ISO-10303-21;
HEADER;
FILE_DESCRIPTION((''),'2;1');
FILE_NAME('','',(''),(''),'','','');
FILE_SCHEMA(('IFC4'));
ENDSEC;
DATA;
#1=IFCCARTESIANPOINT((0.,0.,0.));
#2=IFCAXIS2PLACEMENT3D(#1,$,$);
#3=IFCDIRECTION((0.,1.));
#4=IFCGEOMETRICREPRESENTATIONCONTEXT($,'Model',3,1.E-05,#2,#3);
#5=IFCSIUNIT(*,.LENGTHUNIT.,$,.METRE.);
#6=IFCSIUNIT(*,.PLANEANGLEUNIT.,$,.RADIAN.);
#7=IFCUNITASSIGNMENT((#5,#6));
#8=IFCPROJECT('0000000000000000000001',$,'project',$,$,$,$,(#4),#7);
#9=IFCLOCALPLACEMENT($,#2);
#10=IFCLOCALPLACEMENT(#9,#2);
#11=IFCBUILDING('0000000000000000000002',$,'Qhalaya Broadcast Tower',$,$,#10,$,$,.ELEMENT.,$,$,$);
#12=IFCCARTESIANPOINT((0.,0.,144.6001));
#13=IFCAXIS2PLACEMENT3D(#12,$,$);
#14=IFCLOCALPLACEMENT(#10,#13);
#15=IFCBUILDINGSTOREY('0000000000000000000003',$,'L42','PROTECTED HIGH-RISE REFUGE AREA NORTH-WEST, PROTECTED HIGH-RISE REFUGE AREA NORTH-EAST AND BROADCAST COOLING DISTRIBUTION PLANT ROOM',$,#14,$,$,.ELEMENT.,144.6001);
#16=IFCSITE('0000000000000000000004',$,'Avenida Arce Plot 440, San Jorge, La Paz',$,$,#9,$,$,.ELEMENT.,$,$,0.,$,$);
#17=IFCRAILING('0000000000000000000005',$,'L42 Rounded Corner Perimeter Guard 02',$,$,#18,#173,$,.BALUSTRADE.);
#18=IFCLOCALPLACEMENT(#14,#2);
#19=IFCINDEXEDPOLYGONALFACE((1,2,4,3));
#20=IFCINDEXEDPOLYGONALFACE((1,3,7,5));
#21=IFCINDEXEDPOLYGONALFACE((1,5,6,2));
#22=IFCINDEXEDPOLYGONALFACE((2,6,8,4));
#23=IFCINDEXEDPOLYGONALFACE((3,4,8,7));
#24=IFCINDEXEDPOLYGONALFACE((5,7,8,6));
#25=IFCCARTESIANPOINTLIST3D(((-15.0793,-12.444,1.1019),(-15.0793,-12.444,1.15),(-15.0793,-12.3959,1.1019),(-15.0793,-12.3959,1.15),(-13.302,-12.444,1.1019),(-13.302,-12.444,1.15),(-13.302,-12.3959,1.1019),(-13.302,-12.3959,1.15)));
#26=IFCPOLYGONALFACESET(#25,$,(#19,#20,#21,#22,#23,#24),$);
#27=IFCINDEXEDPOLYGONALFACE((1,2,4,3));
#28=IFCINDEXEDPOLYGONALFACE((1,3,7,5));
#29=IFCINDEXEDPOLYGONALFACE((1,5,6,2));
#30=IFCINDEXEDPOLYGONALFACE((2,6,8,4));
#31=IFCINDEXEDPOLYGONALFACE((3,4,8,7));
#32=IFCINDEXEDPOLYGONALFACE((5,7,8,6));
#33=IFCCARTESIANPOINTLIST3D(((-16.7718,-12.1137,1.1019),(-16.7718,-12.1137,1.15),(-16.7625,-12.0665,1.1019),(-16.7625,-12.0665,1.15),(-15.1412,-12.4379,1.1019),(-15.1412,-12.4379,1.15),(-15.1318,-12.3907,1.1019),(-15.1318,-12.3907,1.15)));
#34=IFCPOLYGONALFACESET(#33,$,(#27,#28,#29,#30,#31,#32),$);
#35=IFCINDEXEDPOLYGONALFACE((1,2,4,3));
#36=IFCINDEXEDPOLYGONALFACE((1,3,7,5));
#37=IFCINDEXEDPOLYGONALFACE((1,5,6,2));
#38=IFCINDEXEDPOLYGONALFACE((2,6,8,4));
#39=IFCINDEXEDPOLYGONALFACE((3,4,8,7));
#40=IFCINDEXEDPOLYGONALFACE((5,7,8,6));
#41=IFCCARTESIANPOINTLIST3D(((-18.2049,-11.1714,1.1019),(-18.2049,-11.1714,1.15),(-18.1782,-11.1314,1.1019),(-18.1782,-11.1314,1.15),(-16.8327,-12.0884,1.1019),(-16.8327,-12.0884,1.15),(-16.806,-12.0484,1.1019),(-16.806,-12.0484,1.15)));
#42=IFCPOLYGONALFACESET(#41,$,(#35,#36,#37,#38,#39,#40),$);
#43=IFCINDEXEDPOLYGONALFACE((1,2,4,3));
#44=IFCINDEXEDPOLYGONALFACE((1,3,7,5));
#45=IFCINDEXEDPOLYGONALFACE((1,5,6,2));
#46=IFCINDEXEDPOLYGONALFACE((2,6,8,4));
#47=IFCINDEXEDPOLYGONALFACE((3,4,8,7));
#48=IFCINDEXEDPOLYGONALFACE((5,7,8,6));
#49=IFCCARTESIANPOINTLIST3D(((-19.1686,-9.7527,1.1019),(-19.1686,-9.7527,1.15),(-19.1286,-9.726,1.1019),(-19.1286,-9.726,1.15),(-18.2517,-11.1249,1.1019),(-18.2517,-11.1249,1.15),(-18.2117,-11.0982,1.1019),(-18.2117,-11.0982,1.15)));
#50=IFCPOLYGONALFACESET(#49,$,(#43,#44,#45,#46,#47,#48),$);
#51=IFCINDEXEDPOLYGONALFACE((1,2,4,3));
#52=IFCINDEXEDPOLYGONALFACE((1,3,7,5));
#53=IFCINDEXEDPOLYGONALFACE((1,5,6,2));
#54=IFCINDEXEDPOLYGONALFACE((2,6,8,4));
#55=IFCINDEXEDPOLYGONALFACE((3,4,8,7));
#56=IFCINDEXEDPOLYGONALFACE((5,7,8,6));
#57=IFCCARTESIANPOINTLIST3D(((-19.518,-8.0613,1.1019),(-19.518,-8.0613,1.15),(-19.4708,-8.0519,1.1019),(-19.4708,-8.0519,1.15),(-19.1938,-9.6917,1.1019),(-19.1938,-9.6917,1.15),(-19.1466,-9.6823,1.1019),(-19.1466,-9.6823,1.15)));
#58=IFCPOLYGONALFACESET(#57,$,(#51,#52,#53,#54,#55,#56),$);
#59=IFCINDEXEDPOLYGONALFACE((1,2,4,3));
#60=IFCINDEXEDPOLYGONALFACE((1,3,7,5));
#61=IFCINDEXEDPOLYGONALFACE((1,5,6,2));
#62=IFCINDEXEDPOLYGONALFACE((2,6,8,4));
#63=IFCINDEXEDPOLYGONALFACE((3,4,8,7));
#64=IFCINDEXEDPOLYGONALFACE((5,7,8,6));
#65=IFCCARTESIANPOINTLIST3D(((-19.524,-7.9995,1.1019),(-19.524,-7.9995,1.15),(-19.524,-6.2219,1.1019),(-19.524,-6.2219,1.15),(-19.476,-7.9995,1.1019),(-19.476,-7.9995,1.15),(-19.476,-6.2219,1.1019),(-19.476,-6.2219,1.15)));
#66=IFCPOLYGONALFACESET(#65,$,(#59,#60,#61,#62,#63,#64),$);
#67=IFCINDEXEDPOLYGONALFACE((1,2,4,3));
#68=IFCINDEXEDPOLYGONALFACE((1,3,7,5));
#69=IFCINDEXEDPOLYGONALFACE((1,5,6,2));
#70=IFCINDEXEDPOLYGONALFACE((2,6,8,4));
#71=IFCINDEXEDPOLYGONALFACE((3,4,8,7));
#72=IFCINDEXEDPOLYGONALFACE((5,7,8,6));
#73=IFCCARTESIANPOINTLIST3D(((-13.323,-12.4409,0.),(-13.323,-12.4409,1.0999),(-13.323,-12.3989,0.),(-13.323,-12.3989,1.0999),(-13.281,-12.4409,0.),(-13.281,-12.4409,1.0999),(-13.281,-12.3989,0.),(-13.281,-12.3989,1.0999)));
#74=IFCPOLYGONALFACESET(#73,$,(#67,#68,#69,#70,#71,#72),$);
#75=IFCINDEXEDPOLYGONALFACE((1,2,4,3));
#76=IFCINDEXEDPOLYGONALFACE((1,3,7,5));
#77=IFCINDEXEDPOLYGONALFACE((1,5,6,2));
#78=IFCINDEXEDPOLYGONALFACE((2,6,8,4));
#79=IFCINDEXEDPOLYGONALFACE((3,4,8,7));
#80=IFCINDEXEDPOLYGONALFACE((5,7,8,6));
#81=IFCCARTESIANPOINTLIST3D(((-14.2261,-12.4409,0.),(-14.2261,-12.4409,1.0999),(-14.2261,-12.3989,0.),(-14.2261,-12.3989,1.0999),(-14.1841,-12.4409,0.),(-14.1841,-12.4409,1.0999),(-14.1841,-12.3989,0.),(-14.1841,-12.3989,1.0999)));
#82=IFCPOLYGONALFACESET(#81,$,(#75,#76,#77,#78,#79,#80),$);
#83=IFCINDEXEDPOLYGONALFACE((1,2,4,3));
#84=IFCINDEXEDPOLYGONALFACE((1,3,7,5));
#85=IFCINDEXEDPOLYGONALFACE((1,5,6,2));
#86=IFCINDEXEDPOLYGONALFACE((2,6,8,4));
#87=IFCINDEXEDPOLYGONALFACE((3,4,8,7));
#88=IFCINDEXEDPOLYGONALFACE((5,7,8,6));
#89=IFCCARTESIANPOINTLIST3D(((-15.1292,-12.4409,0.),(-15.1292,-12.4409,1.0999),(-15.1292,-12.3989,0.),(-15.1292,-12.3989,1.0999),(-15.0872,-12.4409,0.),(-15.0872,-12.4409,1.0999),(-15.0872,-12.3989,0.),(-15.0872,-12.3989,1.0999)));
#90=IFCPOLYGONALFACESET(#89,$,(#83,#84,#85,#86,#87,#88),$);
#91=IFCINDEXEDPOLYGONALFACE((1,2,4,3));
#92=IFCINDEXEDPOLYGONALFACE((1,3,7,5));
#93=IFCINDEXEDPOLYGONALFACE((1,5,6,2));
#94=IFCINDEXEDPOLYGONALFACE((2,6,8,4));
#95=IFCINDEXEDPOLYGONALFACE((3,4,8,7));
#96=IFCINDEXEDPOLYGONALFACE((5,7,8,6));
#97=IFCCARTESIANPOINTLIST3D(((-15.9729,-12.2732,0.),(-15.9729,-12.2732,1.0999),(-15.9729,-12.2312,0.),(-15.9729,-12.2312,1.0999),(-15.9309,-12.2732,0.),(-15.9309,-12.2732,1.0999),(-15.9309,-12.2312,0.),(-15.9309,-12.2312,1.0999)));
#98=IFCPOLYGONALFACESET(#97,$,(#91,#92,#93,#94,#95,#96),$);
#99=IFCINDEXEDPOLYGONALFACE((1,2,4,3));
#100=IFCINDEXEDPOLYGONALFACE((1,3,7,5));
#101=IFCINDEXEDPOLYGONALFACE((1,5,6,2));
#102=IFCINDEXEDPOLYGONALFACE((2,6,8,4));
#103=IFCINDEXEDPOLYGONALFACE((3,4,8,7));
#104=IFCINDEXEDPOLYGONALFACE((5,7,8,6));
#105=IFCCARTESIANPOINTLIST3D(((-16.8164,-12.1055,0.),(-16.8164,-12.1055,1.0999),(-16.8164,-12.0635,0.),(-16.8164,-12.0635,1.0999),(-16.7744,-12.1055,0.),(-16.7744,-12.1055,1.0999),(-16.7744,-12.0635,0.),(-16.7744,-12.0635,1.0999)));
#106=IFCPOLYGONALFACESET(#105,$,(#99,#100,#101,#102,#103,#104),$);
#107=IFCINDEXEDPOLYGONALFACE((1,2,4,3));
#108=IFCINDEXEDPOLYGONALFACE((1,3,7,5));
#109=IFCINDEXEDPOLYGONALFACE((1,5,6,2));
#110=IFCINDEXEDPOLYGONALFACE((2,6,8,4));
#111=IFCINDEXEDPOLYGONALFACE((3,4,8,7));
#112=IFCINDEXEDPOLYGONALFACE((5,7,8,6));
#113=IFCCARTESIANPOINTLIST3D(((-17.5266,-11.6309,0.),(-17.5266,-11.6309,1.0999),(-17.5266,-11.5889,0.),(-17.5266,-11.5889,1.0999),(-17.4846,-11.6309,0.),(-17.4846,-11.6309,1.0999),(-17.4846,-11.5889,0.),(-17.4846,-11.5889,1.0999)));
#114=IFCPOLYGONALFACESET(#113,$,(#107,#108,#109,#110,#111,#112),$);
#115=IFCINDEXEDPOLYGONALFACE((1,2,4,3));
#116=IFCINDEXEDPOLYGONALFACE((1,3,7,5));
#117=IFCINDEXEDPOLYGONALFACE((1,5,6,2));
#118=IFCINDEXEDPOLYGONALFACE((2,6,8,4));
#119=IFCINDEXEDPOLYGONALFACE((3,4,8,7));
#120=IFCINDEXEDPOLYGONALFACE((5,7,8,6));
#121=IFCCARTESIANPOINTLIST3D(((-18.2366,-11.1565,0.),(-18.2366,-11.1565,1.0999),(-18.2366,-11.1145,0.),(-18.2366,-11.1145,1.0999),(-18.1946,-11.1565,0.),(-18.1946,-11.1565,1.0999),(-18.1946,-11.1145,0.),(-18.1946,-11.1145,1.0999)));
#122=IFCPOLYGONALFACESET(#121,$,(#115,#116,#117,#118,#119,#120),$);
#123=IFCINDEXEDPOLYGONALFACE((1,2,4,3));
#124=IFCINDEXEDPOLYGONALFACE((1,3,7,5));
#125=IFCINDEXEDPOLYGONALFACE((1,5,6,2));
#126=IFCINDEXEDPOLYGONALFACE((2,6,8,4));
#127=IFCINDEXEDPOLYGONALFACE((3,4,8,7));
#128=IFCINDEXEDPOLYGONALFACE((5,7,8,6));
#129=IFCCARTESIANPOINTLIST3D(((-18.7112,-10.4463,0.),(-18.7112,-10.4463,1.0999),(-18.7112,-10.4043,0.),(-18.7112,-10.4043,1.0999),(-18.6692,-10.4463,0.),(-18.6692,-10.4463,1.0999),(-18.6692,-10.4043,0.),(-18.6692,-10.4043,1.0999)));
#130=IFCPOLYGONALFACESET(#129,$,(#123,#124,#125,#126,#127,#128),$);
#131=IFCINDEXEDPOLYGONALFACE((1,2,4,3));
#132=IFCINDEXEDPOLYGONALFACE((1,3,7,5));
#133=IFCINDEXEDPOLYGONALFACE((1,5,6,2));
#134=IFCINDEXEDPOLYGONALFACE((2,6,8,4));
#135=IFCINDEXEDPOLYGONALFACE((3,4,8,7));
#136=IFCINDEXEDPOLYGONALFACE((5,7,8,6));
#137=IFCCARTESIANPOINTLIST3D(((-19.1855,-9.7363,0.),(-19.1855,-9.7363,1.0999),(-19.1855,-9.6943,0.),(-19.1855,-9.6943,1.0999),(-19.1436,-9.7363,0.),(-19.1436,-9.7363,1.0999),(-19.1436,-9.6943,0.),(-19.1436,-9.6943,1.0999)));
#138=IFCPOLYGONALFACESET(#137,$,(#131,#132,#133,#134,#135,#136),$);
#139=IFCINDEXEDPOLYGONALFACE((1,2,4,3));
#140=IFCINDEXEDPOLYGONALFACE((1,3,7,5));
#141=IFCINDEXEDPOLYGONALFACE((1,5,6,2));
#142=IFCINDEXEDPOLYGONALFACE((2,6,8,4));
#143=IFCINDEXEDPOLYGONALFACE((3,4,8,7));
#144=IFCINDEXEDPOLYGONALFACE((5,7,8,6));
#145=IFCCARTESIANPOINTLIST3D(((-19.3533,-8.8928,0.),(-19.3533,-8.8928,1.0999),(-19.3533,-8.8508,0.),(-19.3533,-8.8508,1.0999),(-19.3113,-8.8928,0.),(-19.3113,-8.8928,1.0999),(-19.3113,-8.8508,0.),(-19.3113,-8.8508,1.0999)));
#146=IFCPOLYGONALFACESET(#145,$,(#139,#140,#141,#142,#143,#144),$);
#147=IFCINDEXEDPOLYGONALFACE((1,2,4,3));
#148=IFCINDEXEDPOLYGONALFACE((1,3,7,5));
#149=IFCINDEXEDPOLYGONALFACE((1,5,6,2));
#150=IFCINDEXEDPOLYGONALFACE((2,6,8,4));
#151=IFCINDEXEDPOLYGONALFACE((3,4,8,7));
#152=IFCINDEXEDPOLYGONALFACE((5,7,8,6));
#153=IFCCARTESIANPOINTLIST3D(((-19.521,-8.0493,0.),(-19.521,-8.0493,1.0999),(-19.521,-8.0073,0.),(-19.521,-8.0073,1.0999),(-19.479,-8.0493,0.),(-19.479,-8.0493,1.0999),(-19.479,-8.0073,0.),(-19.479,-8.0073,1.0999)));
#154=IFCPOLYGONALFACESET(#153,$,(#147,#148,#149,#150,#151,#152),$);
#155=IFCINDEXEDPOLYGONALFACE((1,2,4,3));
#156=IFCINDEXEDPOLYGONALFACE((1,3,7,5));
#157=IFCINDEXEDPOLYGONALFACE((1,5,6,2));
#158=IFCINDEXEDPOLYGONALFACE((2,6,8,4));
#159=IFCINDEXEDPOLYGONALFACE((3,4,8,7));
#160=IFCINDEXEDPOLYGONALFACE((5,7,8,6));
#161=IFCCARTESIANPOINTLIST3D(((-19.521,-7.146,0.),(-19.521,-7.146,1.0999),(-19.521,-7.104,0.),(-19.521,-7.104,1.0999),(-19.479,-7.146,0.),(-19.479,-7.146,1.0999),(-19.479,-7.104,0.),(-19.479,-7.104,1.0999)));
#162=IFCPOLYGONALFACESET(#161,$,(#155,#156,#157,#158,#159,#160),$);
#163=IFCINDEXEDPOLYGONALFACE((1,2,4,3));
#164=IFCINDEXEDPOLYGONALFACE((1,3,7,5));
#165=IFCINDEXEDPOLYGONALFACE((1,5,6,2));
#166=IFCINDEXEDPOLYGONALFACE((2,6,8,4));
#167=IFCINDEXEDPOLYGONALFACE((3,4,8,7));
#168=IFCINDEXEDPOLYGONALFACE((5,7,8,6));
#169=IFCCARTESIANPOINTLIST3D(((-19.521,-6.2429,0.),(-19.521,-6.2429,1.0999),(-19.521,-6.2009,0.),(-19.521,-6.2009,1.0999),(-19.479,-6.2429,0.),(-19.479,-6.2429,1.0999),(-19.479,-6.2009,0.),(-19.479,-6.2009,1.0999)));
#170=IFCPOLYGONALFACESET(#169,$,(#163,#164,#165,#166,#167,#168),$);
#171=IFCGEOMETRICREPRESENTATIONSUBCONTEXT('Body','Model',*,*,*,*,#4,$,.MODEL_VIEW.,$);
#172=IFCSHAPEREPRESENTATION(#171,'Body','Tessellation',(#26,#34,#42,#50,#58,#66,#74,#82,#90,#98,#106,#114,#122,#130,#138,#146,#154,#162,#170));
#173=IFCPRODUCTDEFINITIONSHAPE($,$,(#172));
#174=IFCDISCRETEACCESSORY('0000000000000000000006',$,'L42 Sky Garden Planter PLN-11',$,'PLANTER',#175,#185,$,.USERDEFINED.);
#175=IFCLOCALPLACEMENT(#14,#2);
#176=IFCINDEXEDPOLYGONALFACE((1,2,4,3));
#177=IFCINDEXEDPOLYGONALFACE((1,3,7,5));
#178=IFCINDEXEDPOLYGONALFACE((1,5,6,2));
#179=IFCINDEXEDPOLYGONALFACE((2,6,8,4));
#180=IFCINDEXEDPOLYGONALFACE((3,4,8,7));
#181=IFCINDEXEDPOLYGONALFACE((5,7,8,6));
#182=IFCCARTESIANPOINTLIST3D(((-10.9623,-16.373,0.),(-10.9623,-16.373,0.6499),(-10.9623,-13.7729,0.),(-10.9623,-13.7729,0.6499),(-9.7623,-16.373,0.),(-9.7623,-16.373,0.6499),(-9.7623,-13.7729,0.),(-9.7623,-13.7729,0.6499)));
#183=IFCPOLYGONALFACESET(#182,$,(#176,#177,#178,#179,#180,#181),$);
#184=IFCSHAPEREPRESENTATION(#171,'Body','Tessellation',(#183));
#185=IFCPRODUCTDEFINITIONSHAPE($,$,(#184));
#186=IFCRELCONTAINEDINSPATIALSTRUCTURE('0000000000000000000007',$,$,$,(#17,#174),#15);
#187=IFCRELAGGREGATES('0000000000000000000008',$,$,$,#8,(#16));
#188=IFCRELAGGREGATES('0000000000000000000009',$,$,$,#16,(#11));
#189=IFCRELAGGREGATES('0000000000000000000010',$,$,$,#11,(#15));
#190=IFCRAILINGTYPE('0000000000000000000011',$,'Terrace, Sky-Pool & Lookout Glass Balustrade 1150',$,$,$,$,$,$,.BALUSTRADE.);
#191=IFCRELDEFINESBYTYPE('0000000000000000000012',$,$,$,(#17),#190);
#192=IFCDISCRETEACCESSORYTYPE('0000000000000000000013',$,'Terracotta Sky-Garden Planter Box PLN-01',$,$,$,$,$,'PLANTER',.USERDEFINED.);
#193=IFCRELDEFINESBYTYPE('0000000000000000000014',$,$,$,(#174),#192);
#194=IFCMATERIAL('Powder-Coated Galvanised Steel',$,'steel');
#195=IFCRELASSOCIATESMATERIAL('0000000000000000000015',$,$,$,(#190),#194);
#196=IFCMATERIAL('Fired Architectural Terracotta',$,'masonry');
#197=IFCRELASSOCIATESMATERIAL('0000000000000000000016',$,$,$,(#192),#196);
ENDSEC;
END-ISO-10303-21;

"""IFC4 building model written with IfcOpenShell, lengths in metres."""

from ifc_helpers import new_model, si_unit, direction, frame, origin, origin_2d, place, context, subcontext, project, spatial, rectangle, extrude, material, type_object, element, save


model = new_model("IFC4")

# Units and contexts
model_context = context("Model", 3, precision=1e-05, world=origin(), true_north=direction((0.0, 1.0)))
body_context = subcontext(model_context, "Body", "Model", "MODEL_VIEW")
ifc_project = project(units=[si_unit("LENGTHUNIT", "METRE"), si_unit("PLANEANGLEUNIT", "RADIAN")], contexts=[model_context])

# Site, building, storey
site_placement = place(None, origin())
site = spatial("IfcSite", under=ifc_project, at=site_placement, Name="Avenida Arce Plot 440, San Jorge, La Paz", CompositionType="ELEMENT", RefElevation=0.0)
building_placement = place(site_placement, origin())
building = spatial("IfcBuilding", under=site, at=building_placement, Name="Qhalaya Broadcast Tower", CompositionType="ELEMENT")
storey_placement = place(building_placement, frame((0.0, 0.0, 144.6001)))
storey = spatial("IfcBuildingStorey", under=building, at=storey_placement, Name="L42", Description="PROTECTED HIGH-RISE REFUGE AREA NORTH-WEST, PROTECTED HIGH-RISE REFUGE AREA NORTH-EAST AND BROADCAST COOLING DISTRIBUTION PLANT ROOM", CompositionType="ELEMENT", Elevation=144.6001)

# Railing
ifc_material_1 = material(Name="Powder-Coated Galvanised Steel", Category="steel")
railing_type = type_object("IfcRailingType", Name="Terrace, Sky-Pool & Lookout Glass Balustrade 1150", PredefinedType="BALUSTRADE", material=ifc_material_1)
railing_1_placement = place(storey_placement, frame((-13.302, -12.4199, 0.0)))
element("IfcRailing", 1, at=railing_1_placement, inside=storey, type_object=railing_type, Name="L42 Rounded Corner Perimeter Guard 02", PredefinedType="BALUSTRADE", context=body_context, shape_type="SweptSolid", body=[
    extrude(rectangle(XDim=0.0481, YDim=0.0481, at=origin_2d()), frame((0.0, 0.0, 1.126), z_axis=(-1.0, 0.0, 0.0), x_axis=(0.0, -1.0, 0.0)), (0.0, 0.0, 1.0), 1.7773),
    extrude(rectangle(XDim=0.0481, YDim=0.0481, at=origin_2d()), frame((-1.8345, 0.0056, 1.126), z_axis=(-0.980804, 0.194997, 0.0), x_axis=(-0.194997, -0.980804, 0.0)), (0.0, 0.0, 1.0), 1.6626),
    extrude(rectangle(XDim=0.0481, YDim=0.0481, at=origin_2d()), frame((-3.5173, 0.3516, 1.126), z_axis=(-0.831456, 0.55559, 0.0), x_axis=(-0.55559, -0.831456, 0.0)), (0.0, 0.0, 1.0), 1.6504),
    extrude(rectangle(XDim=0.0481, YDim=0.0481, at=origin_2d()), frame((-4.9297, 1.3083, 1.126), z_axis=(-0.55559, 0.831456, 0.0), x_axis=(-0.831456, -0.55559, 0.0)), (0.0, 0.0, 1.0), 1.6504),
    extrude(rectangle(XDim=0.0481, YDim=0.0481, at=origin_2d()), frame((-5.8682, 2.7329, 1.126), z_axis=(-0.195024, 0.980798, 0.0), x_axis=(-0.980798, -0.195024, 0.0)), (0.0, 0.0, 1.0), 1.6624),
    extrude(rectangle(XDim=0.0481, YDim=0.0481, at=origin_2d()), frame((-6.198, 4.4204, 1.126), z_axis=(0.0, 1.0, 0.0), x_axis=(-1.0, 0.0, 0.0)), (0.0, 0.0, 1.0), 1.7776),
    extrude(rectangle(XDim=0.042, YDim=0.042, at=origin_2d()), origin(), (0.0, 0.0, 1.0), 1.0999),
    extrude(rectangle(XDim=0.042, YDim=0.042, at=origin_2d()), frame((-0.9031, 0.0, 0.0)), (0.0, 0.0, 1.0), 1.0999),
    extrude(rectangle(XDim=0.042, YDim=0.042, at=origin_2d()), frame((-1.8062, 0.0, 0.0)), (0.0, 0.0, 1.0), 1.0999),
    extrude(rectangle(XDim=0.042, YDim=0.042, at=origin_2d()), frame((-2.6499, 0.1677, 0.0)), (0.0, 0.0, 1.0), 1.0999),
    extrude(rectangle(XDim=0.042, YDim=0.042, at=origin_2d()), frame((-3.4934, 0.3354, 0.0)), (0.0, 0.0, 1.0), 1.0999),
    extrude(rectangle(XDim=0.042, YDim=0.042, at=origin_2d()), frame((-4.2036, 0.8101, 0.0)), (0.0, 0.0, 1.0), 1.0999),
    extrude(rectangle(XDim=0.042, YDim=0.042, at=origin_2d()), frame((-4.9136, 1.2844, 0.0)), (0.0, 0.0, 1.0), 1.0999),
    extrude(rectangle(XDim=0.042, YDim=0.042, at=origin_2d()), frame((-5.3882, 1.9946, 0.0)), (0.0, 0.0, 1.0), 1.0999),
    extrude(rectangle(XDim=0.042, YDim=0.042, at=origin_2d()), frame((-5.8625, 2.7046, 0.0)), (0.0, 0.0, 1.0), 1.0999),
    extrude(rectangle(XDim=0.042, YDim=0.042, at=origin_2d()), frame((-6.0303, 3.5481, 0.0)), (0.0, 0.0, 1.0), 1.0999),
    extrude(rectangle(XDim=0.042, YDim=0.042, at=origin_2d()), frame((-6.198, 4.3916, 0.0)), (0.0, 0.0, 1.0), 1.0999),
    extrude(rectangle(XDim=0.042, YDim=0.042, at=origin_2d()), frame((-6.198, 5.2949, 0.0)), (0.0, 0.0, 1.0), 1.0999),
    extrude(rectangle(XDim=0.042, YDim=0.042, at=origin_2d()), frame((-6.198, 6.198, 0.0)), (0.0, 0.0, 1.0), 1.0999),
])

# Discrete accessory
ifc_material_2 = material(Name="Fired Architectural Terracotta", Category="masonry")
discrete_accessory_type = type_object("IfcDiscreteAccessoryType", Name="Terracotta Sky-Garden Planter Box PLN-01", ElementType="PLANTER", PredefinedType="USERDEFINED", material=ifc_material_2)
discrete_accessory_placement = place(storey_placement, frame((-10.3623, -15.073, 0.0), z_axis=(0.0, 0.0, 1.0), x_axis=(1.0, 0.0, 0.0)))
element("IfcDiscreteAccessory", 2, at=discrete_accessory_placement, inside=storey, type_object=discrete_accessory_type, Name="L42 Sky Garden Planter PLN-11", ObjectType="PLANTER", PredefinedType="USERDEFINED", context=body_context, shape_type="SweptSolid", body=[
    extrude(rectangle(XDim=1.2, YDim=2.6001, at=origin_2d()), origin(), (0.0, 0.0, 1.0), 0.6499),
])

save(model, "model.ifc")
